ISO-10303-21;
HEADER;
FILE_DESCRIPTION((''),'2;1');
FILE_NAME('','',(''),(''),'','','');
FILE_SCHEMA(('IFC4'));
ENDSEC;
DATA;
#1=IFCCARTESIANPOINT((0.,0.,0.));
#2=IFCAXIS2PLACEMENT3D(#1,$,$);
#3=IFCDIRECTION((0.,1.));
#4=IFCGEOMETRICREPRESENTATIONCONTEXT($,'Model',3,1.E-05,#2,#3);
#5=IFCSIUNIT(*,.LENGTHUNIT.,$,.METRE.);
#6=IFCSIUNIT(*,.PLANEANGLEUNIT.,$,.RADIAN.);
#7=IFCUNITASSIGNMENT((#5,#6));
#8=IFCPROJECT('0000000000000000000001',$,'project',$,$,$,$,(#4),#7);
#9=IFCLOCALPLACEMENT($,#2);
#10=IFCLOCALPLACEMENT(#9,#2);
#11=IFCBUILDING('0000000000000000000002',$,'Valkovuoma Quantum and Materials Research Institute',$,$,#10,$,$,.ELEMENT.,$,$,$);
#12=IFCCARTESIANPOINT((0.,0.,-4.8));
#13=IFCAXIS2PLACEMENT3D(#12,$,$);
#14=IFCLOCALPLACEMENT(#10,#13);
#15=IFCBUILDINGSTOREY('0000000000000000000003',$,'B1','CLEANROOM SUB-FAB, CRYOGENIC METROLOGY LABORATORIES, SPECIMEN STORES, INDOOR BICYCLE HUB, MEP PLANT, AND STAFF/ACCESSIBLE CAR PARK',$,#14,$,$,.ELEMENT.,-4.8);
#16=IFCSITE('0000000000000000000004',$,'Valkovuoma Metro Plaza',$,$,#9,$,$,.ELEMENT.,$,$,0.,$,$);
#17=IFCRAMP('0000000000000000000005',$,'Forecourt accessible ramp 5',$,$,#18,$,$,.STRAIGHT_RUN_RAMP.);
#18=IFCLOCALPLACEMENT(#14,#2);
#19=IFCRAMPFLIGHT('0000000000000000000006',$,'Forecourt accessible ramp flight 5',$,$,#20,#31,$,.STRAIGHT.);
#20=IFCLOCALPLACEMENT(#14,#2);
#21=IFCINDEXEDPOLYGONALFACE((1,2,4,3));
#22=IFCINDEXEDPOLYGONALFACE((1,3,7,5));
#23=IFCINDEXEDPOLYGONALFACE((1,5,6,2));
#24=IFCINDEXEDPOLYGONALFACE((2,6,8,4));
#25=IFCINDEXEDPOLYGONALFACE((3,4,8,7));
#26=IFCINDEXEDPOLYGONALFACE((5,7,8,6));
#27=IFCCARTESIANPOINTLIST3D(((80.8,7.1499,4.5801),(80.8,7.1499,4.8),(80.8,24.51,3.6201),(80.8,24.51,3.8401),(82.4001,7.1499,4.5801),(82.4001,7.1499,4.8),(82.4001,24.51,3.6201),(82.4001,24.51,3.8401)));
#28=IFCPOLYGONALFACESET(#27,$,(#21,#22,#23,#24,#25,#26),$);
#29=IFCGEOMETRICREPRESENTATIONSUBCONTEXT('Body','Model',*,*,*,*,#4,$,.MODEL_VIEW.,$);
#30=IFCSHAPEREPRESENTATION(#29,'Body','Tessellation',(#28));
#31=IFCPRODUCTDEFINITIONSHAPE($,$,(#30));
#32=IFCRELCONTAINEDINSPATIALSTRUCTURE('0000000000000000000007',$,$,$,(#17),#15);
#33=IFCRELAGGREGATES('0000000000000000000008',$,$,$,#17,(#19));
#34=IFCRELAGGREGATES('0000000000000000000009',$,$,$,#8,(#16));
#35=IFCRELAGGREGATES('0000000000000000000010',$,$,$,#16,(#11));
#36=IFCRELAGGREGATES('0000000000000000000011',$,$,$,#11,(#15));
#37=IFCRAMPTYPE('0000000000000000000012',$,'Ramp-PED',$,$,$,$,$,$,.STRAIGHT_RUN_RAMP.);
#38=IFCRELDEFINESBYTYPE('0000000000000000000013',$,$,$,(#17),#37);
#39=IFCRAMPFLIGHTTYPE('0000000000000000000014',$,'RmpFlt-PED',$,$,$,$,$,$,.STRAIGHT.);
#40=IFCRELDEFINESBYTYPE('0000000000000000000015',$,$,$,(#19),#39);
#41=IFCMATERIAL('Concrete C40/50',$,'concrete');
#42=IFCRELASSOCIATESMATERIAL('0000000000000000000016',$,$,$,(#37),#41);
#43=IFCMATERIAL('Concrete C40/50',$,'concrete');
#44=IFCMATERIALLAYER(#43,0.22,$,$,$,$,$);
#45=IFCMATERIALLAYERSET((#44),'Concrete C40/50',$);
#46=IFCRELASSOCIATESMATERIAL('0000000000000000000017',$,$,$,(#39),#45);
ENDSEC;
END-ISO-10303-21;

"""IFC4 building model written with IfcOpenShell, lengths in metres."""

from ifc_helpers import new_model, si_unit, direction, frame, origin, place, context, subcontext, project, spatial, polyline, outline, extrude, material, layer, layer_set, type_object, element, aggregate, save


model = new_model("IFC4")

# Units and contexts
model_context = context("Model", 3, precision=1e-05, world=origin(), true_north=direction((0.0, 1.0)))
body_context = subcontext(model_context, "Body", "Model", "MODEL_VIEW")
ifc_project = project(units=[si_unit("LENGTHUNIT", "METRE"), si_unit("PLANEANGLEUNIT", "RADIAN")], contexts=[model_context])

# Site, building, storey
site_placement = place(None, origin())
site = spatial("IfcSite", under=ifc_project, at=site_placement, Name="Valkovuoma Metro Plaza", CompositionType="ELEMENT", RefElevation=0.0)
building_placement = place(site_placement, origin())
building = spatial("IfcBuilding", under=site, at=building_placement, Name="Valkovuoma Quantum and Materials Research Institute", CompositionType="ELEMENT")
storey_placement = place(building_placement, frame((0.0, 0.0, -4.8)))
storey = spatial("IfcBuildingStorey", under=building, at=storey_placement, Name="B1", Description="CLEANROOM SUB-FAB, CRYOGENIC METROLOGY LABORATORIES, SPECIMEN STORES, INDOOR BICYCLE HUB, MEP PLANT, AND STAFF/ACCESSIBLE CAR PARK", CompositionType="ELEMENT", Elevation=-4.8)

# Ramp, ramp flight
ifc_material_1 = material(Name="Concrete C40/50", Category="concrete")
ramp_type = type_object("IfcRampType", Name="Ramp-PED", PredefinedType="STRAIGHT_RUN_RAMP", material=ifc_material_1)
ifc_material_2 = material(Name="Concrete C40/50", Category="concrete")
ifc_layer = layer(ifc_material_2, 0.22)
ifc_layer_set = layer_set([ifc_layer], Name="Concrete C40/50")
ramp_flight_type = type_object("IfcRampFlightType", Name="RmpFlt-PED", PredefinedType="STRAIGHT", material=ifc_layer_set)
ramp_1_placement = place(storey_placement, origin())
ramp_1 = element("IfcRamp", 1, at=ramp_1_placement, inside=storey, type_object=ramp_type, Name="Forecourt accessible ramp 5", PredefinedType="STRAIGHT_RUN_RAMP")
ramp_flight_1_placement = place(storey_placement, frame((81.6001, 24.51, 3.8401), z_axis=(0.0, 0.0, 1.0), x_axis=(0.0, -1.0, 0.0)))
ramp_flight_1 = element("IfcRampFlight", 2, at=ramp_flight_1_placement, type_object=ramp_flight_type, Name="Forecourt accessible ramp flight 5", PredefinedType="STRAIGHT", context=body_context, shape_type="SweptSolid", body=[
    extrude(outline(polyline([(0.0, 0.0), (17.3601, 0.96), (17.3601, 0.74), (0.0, -0.22), (0.0, 0.0)])), frame((0.0, 0.8, 0.0), z_axis=(0.0, -1.0, 0.0), x_axis=(1.0, 0.0, 0.0)), (0.0, 0.0, 1.0), 1.6001),
])
aggregate(ramp_1, [ramp_flight_1])

save(model, "model.ifc")
